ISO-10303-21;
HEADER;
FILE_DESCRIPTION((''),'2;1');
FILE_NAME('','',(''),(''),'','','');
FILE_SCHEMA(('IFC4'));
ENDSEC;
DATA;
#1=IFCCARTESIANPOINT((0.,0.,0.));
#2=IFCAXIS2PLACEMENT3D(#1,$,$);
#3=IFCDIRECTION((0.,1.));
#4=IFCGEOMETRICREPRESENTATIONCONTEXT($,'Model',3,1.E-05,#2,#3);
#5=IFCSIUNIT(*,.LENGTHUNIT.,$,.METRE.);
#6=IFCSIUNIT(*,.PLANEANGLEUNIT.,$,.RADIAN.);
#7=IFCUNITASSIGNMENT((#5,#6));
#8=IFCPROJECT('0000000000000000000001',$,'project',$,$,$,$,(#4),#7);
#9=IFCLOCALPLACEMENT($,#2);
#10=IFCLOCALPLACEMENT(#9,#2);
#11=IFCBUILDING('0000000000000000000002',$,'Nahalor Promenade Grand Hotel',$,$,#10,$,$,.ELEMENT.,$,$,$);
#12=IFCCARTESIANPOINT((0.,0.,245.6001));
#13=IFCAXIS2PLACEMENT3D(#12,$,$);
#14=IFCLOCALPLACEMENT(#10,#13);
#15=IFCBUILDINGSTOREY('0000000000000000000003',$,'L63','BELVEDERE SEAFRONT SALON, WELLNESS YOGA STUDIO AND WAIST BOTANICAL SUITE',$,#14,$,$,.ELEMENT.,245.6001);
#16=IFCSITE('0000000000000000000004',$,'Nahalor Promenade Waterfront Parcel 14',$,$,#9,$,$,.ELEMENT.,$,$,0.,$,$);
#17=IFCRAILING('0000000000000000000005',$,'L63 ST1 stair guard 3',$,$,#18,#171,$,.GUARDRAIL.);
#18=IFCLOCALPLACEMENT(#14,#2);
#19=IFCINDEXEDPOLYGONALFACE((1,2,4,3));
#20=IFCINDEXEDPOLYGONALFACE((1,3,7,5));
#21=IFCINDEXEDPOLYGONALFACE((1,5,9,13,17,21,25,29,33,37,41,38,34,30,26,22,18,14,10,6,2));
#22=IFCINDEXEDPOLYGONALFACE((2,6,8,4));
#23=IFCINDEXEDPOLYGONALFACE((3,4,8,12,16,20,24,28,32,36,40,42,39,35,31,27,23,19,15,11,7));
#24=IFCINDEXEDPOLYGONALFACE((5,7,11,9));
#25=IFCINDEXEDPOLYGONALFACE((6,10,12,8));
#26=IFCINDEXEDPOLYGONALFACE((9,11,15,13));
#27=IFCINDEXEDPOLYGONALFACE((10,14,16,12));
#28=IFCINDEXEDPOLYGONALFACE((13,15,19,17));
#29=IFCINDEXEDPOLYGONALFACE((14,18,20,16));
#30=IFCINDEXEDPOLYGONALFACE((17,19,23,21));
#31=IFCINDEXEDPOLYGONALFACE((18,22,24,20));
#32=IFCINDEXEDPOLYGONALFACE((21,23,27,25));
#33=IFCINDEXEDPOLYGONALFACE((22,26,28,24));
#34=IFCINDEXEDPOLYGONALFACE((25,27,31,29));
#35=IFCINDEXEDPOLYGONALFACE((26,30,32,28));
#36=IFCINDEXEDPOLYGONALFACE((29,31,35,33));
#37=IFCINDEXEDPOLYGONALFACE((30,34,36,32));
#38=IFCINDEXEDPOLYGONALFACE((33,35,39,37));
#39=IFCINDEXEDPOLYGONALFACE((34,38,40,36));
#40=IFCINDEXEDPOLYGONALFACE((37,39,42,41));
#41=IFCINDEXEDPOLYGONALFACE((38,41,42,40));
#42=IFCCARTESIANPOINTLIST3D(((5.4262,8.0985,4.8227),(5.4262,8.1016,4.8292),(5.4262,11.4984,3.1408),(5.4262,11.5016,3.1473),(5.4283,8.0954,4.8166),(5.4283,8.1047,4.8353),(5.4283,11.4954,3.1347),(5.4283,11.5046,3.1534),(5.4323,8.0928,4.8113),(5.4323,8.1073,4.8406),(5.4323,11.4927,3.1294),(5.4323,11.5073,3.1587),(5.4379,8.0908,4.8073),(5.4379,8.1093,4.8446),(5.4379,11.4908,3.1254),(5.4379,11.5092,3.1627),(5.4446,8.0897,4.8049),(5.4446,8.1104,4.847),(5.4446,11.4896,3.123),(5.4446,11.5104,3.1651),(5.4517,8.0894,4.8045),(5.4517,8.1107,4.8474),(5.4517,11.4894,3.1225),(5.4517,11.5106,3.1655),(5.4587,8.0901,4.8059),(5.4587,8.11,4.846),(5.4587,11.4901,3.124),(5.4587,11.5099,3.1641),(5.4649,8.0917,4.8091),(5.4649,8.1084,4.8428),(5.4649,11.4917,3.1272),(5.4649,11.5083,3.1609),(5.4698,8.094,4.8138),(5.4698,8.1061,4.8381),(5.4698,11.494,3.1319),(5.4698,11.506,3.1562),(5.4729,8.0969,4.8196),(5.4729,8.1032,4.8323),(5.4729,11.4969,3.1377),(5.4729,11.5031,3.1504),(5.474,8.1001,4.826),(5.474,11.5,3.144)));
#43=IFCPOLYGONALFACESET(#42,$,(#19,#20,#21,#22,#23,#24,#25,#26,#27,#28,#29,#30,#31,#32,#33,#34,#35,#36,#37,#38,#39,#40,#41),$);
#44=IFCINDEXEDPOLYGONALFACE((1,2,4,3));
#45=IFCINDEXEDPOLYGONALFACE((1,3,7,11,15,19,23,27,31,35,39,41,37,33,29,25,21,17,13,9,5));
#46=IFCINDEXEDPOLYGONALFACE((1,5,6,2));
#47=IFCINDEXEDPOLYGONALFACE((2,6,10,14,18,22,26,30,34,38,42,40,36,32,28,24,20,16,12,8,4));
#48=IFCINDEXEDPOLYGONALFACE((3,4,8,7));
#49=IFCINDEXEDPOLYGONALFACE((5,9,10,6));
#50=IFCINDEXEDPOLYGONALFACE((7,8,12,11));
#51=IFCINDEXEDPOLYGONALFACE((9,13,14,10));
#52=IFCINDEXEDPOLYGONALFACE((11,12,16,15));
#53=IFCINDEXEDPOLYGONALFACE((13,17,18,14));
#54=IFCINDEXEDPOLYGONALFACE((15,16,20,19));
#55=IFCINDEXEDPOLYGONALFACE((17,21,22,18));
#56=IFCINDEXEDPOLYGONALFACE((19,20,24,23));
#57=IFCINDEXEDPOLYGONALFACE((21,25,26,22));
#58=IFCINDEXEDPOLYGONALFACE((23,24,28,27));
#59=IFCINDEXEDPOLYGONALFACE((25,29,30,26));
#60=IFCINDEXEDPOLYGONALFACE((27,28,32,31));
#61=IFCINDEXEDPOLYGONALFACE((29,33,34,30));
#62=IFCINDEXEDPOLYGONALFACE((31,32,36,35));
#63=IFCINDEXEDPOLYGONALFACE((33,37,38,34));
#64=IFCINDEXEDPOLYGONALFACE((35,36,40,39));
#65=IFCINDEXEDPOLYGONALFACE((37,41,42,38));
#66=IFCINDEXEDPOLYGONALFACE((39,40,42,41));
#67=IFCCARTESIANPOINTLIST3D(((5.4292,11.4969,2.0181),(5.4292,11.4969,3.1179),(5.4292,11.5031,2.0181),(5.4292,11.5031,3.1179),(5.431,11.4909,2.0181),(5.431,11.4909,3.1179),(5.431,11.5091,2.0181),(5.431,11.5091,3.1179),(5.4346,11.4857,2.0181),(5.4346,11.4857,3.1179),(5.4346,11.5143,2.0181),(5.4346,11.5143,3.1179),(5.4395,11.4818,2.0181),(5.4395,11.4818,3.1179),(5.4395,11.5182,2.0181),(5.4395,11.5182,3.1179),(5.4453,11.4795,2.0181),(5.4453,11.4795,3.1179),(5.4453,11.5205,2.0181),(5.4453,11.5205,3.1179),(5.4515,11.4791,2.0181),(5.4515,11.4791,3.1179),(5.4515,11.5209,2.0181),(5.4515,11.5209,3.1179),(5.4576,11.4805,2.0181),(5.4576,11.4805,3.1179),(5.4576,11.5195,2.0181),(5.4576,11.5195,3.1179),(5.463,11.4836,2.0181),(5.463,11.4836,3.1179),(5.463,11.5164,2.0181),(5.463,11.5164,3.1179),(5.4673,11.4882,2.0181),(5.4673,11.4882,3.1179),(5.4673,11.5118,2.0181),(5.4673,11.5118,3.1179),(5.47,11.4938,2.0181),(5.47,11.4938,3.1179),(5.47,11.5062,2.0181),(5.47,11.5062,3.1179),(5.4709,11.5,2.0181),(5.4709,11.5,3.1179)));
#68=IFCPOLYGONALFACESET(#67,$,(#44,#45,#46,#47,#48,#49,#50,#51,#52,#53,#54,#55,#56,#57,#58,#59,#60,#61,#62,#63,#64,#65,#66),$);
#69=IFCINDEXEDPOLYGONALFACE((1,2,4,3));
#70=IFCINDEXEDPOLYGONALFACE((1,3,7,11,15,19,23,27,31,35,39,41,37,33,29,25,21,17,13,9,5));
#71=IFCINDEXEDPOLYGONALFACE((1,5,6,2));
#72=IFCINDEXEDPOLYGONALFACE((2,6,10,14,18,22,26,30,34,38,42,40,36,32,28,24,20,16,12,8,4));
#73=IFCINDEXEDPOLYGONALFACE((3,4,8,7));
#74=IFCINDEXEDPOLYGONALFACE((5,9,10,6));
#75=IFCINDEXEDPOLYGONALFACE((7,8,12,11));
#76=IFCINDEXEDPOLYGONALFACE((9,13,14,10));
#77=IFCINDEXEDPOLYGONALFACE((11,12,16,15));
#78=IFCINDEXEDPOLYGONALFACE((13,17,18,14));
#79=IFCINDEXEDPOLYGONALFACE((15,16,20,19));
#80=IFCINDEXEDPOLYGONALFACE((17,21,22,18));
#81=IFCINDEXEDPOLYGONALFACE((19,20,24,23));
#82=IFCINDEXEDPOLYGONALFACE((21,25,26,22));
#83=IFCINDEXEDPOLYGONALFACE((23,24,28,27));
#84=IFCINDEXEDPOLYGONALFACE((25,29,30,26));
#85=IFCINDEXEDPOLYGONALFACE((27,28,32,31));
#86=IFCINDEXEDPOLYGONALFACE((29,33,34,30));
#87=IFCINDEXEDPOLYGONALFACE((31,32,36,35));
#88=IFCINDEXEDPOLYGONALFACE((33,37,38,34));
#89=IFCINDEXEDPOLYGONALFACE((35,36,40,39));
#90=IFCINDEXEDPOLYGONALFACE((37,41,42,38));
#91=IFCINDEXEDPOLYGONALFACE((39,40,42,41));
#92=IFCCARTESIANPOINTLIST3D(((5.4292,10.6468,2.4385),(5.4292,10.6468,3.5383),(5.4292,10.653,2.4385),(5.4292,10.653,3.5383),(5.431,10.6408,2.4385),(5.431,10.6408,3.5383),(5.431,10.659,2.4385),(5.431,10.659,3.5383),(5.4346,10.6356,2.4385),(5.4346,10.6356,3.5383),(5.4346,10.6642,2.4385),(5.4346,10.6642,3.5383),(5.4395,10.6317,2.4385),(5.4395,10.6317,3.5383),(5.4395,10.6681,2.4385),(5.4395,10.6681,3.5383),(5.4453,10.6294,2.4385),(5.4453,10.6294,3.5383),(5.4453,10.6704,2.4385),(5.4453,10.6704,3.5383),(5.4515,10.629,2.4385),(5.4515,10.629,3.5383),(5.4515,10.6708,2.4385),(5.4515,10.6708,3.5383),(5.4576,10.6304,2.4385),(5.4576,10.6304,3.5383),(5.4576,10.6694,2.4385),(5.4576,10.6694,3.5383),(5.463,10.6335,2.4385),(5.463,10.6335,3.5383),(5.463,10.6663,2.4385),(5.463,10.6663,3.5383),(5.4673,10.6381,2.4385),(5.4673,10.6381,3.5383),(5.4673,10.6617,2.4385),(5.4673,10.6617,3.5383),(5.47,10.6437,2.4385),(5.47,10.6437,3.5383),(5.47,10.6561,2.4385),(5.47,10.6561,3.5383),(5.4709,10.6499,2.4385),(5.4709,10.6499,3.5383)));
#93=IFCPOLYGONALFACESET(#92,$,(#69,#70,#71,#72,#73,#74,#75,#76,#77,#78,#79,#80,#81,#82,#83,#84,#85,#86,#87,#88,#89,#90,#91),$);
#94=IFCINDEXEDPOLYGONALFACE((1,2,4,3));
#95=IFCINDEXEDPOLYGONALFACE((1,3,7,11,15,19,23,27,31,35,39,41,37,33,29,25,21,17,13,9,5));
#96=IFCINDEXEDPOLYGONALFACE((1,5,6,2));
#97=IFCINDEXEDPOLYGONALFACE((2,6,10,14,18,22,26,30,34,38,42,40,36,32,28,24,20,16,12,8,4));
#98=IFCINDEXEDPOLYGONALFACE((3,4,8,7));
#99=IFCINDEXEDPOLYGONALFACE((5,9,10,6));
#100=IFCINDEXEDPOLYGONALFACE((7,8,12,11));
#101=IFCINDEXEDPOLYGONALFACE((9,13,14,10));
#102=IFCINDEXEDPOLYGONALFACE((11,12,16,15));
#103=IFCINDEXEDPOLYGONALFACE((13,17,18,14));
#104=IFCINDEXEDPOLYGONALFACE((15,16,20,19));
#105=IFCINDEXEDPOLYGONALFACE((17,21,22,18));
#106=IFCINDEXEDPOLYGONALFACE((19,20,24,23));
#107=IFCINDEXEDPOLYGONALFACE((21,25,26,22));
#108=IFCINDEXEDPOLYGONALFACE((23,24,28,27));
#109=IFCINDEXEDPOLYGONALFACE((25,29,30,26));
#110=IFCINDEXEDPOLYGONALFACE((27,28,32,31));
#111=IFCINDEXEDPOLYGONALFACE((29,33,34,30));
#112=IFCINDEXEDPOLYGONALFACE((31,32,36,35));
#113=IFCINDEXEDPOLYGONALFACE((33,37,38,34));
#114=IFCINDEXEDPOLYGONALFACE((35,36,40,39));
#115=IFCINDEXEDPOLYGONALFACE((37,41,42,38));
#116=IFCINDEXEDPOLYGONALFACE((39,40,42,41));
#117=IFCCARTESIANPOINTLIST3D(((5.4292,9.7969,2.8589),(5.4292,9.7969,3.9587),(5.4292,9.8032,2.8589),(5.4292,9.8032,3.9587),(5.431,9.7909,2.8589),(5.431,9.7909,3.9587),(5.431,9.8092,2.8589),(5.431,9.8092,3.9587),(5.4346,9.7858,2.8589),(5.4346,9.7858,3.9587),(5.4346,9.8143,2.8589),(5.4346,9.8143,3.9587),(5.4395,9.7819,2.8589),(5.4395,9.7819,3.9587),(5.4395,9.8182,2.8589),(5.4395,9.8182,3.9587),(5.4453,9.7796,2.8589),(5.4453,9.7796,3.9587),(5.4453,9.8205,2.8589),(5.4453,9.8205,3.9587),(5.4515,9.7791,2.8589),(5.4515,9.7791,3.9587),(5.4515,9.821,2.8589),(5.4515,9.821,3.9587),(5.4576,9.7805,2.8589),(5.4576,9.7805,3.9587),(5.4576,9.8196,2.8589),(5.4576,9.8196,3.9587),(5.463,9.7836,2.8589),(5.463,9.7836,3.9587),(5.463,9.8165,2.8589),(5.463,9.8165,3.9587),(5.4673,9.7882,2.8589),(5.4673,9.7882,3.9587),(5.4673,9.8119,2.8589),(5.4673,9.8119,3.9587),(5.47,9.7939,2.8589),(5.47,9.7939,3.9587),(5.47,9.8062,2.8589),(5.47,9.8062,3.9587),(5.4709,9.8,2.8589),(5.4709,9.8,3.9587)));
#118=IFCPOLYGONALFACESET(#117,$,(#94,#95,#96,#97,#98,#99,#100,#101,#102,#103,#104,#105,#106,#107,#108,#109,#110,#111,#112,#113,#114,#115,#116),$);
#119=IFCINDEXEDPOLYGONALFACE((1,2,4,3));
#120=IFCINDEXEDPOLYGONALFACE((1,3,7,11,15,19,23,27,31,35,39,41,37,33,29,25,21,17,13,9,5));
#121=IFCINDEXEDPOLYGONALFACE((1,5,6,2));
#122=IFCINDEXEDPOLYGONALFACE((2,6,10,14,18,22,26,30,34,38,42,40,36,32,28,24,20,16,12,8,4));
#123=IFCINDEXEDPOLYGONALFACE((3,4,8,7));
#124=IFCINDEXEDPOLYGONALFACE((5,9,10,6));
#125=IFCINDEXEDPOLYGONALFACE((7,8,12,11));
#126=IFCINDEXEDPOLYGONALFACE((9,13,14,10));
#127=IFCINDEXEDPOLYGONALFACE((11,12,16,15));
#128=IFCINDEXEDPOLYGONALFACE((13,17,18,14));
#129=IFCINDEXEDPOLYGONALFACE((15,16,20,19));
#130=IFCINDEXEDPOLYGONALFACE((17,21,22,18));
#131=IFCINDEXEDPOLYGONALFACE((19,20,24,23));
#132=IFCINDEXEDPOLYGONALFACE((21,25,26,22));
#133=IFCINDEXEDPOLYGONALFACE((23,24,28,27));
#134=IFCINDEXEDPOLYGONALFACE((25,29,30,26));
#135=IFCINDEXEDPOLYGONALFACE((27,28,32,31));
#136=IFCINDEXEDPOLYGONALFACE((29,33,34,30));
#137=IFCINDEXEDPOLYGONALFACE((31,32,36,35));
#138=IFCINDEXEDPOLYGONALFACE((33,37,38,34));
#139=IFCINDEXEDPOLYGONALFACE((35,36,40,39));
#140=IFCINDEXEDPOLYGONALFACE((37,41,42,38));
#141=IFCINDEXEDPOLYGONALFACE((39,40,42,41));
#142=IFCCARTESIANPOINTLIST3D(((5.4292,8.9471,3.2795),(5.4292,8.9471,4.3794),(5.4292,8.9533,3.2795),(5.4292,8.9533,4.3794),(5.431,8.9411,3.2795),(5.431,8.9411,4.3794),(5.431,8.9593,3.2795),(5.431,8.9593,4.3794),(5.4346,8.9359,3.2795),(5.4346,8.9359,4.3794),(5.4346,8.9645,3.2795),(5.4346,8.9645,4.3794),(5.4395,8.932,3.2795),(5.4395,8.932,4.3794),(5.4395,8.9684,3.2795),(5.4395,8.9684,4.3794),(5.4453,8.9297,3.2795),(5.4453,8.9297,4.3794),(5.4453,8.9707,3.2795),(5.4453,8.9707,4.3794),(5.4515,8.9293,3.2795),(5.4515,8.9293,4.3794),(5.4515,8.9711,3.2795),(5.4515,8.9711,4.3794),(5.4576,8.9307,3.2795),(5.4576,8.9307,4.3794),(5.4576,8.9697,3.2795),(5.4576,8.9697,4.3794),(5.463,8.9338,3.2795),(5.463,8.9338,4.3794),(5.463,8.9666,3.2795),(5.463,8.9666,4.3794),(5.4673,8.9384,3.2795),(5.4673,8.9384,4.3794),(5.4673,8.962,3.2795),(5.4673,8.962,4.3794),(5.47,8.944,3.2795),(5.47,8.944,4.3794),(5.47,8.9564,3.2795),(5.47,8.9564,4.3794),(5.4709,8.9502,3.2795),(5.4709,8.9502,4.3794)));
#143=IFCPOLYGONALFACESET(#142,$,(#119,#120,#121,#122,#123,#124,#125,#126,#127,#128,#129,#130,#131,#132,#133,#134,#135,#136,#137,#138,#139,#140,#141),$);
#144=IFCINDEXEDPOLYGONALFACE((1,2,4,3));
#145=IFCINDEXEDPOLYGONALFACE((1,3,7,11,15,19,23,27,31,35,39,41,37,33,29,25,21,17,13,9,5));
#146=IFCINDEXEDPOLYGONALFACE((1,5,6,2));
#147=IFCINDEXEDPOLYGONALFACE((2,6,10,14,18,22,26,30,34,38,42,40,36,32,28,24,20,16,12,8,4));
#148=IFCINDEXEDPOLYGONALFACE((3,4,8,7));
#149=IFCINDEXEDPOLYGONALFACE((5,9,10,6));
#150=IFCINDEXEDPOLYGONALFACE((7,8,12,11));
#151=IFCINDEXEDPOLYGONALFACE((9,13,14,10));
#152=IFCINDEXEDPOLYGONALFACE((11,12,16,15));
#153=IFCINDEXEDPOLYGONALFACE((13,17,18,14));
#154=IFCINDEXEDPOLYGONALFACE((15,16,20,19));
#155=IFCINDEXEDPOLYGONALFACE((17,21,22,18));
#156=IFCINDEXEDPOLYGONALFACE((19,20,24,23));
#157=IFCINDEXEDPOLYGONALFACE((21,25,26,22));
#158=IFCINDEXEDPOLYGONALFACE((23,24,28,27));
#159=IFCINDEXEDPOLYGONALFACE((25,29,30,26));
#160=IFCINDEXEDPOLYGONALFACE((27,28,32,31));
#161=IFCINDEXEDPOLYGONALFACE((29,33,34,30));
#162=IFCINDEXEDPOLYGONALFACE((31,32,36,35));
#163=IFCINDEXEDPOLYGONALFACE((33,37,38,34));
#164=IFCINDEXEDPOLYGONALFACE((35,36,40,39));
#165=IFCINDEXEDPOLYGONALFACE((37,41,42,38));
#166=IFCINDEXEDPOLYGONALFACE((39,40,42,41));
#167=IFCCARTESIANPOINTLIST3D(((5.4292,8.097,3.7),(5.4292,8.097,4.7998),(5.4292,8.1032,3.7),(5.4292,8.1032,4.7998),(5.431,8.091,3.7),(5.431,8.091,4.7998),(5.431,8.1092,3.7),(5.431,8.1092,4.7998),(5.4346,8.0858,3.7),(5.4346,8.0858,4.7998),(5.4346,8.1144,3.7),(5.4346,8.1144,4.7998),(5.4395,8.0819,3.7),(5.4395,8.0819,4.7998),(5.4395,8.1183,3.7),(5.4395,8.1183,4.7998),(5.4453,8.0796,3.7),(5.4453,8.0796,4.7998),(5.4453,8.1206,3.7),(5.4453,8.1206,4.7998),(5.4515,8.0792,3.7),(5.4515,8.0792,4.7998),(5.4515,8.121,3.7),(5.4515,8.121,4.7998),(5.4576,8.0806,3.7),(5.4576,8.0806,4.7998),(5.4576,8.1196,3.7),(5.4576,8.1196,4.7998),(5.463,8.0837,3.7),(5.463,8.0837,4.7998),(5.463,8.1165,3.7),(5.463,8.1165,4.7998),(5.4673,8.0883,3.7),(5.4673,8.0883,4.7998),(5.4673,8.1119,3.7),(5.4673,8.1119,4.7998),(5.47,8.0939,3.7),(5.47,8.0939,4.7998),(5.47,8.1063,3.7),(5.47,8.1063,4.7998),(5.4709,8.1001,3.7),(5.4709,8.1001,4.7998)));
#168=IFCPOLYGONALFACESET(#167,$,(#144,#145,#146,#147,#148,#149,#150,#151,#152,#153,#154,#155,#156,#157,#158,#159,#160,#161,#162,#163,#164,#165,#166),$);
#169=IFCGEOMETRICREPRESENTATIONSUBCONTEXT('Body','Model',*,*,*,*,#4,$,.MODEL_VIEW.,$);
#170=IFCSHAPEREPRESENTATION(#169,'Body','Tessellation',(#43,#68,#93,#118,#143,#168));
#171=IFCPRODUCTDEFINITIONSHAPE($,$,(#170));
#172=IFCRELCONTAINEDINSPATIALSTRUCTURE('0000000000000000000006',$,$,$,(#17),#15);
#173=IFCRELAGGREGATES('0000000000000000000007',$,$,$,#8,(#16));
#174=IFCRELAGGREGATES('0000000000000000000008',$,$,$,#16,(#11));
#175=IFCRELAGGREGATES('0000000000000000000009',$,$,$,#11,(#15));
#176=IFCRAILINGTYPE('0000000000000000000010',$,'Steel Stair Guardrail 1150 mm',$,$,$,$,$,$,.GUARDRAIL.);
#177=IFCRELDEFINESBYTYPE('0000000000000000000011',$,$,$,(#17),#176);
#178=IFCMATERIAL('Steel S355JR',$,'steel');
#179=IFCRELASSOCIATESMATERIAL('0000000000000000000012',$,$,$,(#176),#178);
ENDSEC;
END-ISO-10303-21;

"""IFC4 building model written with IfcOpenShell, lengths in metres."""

from ifc_helpers import new_model, si_unit, direction, frame, origin, origin_2d, place, context, subcontext, project, spatial, circle, extrude, material, type_object, element, save


model = new_model("IFC4")

# Units and contexts
model_context = context("Model", 3, precision=1e-05, world=origin(), true_north=direction((0.0, 1.0)))
body_context = subcontext(model_context, "Body", "Model", "MODEL_VIEW")
ifc_project = project(units=[si_unit("LENGTHUNIT", "METRE"), si_unit("PLANEANGLEUNIT", "RADIAN")], contexts=[model_context])

# Site, building, storey
site_placement = place(None, origin())
site = spatial("IfcSite", under=ifc_project, at=site_placement, Name="Nahalor Promenade Waterfront Parcel 14", CompositionType="ELEMENT", RefElevation=0.0)
building_placement = place(site_placement, origin())
building = spatial("IfcBuilding", under=site, at=building_placement, Name="Nahalor Promenade Grand Hotel", CompositionType="ELEMENT")
storey_placement = place(building_placement, frame((0.0, 0.0, 245.6001)))
storey = spatial("IfcBuildingStorey", under=building, at=storey_placement, Name="L63", Description="BELVEDERE SEAFRONT SALON, WELLNESS YOGA STUDIO AND WAIST BOTANICAL SUITE", CompositionType="ELEMENT", Elevation=245.6001)

# Shared definitions
ifc_material_1 = material(Name="Steel S355JR", Category="steel")

# Railing
railing_type_1 = type_object("IfcRailingType", Name="Steel Stair Guardrail 1150 mm", PredefinedType="GUARDRAIL", material=ifc_material_1)
railing_1_placement = place(storey_placement, frame((5.45, 11.5, 2.0181)))
element("IfcRailing", 1, at=railing_1_placement, inside=storey, type_object=railing_type_1, Name="L63 ST1 stair guard 3", PredefinedType="GUARDRAIL", context=body_context, shape_type="SweptSolid", body=[
    extrude(circle(Radius=0.024, at=origin_2d()), frame((0.0, 0.0, 1.126), z_axis=(0.0, -0.896324, 0.443399), x_axis=(1.0, 0.0, 0.0)), (0.0, 0.0, 1.0), 3.7932),
    extrude(circle(Radius=0.021, at=origin_2d()), origin(), (0.0, 0.0, 1.0), 1.0999),
    extrude(circle(Radius=0.021, at=origin_2d()), frame((0.0, -0.8501, 0.4204)), (0.0, 0.0, 1.0), 1.0999),
    extrude(circle(Radius=0.021, at=origin_2d()), frame((0.0, -1.7, 0.8408)), (0.0, 0.0, 1.0), 1.0999),
    extrude(circle(Radius=0.021, at=origin_2d()), frame((0.0, -2.5498, 1.2615)), (0.0, 0.0, 1.0), 1.0999),
    extrude(circle(Radius=0.021, at=origin_2d()), frame((0.0, -3.3999, 1.6819)), (0.0, 0.0, 1.0), 1.0999),
])

save(model, "model.ifc")
